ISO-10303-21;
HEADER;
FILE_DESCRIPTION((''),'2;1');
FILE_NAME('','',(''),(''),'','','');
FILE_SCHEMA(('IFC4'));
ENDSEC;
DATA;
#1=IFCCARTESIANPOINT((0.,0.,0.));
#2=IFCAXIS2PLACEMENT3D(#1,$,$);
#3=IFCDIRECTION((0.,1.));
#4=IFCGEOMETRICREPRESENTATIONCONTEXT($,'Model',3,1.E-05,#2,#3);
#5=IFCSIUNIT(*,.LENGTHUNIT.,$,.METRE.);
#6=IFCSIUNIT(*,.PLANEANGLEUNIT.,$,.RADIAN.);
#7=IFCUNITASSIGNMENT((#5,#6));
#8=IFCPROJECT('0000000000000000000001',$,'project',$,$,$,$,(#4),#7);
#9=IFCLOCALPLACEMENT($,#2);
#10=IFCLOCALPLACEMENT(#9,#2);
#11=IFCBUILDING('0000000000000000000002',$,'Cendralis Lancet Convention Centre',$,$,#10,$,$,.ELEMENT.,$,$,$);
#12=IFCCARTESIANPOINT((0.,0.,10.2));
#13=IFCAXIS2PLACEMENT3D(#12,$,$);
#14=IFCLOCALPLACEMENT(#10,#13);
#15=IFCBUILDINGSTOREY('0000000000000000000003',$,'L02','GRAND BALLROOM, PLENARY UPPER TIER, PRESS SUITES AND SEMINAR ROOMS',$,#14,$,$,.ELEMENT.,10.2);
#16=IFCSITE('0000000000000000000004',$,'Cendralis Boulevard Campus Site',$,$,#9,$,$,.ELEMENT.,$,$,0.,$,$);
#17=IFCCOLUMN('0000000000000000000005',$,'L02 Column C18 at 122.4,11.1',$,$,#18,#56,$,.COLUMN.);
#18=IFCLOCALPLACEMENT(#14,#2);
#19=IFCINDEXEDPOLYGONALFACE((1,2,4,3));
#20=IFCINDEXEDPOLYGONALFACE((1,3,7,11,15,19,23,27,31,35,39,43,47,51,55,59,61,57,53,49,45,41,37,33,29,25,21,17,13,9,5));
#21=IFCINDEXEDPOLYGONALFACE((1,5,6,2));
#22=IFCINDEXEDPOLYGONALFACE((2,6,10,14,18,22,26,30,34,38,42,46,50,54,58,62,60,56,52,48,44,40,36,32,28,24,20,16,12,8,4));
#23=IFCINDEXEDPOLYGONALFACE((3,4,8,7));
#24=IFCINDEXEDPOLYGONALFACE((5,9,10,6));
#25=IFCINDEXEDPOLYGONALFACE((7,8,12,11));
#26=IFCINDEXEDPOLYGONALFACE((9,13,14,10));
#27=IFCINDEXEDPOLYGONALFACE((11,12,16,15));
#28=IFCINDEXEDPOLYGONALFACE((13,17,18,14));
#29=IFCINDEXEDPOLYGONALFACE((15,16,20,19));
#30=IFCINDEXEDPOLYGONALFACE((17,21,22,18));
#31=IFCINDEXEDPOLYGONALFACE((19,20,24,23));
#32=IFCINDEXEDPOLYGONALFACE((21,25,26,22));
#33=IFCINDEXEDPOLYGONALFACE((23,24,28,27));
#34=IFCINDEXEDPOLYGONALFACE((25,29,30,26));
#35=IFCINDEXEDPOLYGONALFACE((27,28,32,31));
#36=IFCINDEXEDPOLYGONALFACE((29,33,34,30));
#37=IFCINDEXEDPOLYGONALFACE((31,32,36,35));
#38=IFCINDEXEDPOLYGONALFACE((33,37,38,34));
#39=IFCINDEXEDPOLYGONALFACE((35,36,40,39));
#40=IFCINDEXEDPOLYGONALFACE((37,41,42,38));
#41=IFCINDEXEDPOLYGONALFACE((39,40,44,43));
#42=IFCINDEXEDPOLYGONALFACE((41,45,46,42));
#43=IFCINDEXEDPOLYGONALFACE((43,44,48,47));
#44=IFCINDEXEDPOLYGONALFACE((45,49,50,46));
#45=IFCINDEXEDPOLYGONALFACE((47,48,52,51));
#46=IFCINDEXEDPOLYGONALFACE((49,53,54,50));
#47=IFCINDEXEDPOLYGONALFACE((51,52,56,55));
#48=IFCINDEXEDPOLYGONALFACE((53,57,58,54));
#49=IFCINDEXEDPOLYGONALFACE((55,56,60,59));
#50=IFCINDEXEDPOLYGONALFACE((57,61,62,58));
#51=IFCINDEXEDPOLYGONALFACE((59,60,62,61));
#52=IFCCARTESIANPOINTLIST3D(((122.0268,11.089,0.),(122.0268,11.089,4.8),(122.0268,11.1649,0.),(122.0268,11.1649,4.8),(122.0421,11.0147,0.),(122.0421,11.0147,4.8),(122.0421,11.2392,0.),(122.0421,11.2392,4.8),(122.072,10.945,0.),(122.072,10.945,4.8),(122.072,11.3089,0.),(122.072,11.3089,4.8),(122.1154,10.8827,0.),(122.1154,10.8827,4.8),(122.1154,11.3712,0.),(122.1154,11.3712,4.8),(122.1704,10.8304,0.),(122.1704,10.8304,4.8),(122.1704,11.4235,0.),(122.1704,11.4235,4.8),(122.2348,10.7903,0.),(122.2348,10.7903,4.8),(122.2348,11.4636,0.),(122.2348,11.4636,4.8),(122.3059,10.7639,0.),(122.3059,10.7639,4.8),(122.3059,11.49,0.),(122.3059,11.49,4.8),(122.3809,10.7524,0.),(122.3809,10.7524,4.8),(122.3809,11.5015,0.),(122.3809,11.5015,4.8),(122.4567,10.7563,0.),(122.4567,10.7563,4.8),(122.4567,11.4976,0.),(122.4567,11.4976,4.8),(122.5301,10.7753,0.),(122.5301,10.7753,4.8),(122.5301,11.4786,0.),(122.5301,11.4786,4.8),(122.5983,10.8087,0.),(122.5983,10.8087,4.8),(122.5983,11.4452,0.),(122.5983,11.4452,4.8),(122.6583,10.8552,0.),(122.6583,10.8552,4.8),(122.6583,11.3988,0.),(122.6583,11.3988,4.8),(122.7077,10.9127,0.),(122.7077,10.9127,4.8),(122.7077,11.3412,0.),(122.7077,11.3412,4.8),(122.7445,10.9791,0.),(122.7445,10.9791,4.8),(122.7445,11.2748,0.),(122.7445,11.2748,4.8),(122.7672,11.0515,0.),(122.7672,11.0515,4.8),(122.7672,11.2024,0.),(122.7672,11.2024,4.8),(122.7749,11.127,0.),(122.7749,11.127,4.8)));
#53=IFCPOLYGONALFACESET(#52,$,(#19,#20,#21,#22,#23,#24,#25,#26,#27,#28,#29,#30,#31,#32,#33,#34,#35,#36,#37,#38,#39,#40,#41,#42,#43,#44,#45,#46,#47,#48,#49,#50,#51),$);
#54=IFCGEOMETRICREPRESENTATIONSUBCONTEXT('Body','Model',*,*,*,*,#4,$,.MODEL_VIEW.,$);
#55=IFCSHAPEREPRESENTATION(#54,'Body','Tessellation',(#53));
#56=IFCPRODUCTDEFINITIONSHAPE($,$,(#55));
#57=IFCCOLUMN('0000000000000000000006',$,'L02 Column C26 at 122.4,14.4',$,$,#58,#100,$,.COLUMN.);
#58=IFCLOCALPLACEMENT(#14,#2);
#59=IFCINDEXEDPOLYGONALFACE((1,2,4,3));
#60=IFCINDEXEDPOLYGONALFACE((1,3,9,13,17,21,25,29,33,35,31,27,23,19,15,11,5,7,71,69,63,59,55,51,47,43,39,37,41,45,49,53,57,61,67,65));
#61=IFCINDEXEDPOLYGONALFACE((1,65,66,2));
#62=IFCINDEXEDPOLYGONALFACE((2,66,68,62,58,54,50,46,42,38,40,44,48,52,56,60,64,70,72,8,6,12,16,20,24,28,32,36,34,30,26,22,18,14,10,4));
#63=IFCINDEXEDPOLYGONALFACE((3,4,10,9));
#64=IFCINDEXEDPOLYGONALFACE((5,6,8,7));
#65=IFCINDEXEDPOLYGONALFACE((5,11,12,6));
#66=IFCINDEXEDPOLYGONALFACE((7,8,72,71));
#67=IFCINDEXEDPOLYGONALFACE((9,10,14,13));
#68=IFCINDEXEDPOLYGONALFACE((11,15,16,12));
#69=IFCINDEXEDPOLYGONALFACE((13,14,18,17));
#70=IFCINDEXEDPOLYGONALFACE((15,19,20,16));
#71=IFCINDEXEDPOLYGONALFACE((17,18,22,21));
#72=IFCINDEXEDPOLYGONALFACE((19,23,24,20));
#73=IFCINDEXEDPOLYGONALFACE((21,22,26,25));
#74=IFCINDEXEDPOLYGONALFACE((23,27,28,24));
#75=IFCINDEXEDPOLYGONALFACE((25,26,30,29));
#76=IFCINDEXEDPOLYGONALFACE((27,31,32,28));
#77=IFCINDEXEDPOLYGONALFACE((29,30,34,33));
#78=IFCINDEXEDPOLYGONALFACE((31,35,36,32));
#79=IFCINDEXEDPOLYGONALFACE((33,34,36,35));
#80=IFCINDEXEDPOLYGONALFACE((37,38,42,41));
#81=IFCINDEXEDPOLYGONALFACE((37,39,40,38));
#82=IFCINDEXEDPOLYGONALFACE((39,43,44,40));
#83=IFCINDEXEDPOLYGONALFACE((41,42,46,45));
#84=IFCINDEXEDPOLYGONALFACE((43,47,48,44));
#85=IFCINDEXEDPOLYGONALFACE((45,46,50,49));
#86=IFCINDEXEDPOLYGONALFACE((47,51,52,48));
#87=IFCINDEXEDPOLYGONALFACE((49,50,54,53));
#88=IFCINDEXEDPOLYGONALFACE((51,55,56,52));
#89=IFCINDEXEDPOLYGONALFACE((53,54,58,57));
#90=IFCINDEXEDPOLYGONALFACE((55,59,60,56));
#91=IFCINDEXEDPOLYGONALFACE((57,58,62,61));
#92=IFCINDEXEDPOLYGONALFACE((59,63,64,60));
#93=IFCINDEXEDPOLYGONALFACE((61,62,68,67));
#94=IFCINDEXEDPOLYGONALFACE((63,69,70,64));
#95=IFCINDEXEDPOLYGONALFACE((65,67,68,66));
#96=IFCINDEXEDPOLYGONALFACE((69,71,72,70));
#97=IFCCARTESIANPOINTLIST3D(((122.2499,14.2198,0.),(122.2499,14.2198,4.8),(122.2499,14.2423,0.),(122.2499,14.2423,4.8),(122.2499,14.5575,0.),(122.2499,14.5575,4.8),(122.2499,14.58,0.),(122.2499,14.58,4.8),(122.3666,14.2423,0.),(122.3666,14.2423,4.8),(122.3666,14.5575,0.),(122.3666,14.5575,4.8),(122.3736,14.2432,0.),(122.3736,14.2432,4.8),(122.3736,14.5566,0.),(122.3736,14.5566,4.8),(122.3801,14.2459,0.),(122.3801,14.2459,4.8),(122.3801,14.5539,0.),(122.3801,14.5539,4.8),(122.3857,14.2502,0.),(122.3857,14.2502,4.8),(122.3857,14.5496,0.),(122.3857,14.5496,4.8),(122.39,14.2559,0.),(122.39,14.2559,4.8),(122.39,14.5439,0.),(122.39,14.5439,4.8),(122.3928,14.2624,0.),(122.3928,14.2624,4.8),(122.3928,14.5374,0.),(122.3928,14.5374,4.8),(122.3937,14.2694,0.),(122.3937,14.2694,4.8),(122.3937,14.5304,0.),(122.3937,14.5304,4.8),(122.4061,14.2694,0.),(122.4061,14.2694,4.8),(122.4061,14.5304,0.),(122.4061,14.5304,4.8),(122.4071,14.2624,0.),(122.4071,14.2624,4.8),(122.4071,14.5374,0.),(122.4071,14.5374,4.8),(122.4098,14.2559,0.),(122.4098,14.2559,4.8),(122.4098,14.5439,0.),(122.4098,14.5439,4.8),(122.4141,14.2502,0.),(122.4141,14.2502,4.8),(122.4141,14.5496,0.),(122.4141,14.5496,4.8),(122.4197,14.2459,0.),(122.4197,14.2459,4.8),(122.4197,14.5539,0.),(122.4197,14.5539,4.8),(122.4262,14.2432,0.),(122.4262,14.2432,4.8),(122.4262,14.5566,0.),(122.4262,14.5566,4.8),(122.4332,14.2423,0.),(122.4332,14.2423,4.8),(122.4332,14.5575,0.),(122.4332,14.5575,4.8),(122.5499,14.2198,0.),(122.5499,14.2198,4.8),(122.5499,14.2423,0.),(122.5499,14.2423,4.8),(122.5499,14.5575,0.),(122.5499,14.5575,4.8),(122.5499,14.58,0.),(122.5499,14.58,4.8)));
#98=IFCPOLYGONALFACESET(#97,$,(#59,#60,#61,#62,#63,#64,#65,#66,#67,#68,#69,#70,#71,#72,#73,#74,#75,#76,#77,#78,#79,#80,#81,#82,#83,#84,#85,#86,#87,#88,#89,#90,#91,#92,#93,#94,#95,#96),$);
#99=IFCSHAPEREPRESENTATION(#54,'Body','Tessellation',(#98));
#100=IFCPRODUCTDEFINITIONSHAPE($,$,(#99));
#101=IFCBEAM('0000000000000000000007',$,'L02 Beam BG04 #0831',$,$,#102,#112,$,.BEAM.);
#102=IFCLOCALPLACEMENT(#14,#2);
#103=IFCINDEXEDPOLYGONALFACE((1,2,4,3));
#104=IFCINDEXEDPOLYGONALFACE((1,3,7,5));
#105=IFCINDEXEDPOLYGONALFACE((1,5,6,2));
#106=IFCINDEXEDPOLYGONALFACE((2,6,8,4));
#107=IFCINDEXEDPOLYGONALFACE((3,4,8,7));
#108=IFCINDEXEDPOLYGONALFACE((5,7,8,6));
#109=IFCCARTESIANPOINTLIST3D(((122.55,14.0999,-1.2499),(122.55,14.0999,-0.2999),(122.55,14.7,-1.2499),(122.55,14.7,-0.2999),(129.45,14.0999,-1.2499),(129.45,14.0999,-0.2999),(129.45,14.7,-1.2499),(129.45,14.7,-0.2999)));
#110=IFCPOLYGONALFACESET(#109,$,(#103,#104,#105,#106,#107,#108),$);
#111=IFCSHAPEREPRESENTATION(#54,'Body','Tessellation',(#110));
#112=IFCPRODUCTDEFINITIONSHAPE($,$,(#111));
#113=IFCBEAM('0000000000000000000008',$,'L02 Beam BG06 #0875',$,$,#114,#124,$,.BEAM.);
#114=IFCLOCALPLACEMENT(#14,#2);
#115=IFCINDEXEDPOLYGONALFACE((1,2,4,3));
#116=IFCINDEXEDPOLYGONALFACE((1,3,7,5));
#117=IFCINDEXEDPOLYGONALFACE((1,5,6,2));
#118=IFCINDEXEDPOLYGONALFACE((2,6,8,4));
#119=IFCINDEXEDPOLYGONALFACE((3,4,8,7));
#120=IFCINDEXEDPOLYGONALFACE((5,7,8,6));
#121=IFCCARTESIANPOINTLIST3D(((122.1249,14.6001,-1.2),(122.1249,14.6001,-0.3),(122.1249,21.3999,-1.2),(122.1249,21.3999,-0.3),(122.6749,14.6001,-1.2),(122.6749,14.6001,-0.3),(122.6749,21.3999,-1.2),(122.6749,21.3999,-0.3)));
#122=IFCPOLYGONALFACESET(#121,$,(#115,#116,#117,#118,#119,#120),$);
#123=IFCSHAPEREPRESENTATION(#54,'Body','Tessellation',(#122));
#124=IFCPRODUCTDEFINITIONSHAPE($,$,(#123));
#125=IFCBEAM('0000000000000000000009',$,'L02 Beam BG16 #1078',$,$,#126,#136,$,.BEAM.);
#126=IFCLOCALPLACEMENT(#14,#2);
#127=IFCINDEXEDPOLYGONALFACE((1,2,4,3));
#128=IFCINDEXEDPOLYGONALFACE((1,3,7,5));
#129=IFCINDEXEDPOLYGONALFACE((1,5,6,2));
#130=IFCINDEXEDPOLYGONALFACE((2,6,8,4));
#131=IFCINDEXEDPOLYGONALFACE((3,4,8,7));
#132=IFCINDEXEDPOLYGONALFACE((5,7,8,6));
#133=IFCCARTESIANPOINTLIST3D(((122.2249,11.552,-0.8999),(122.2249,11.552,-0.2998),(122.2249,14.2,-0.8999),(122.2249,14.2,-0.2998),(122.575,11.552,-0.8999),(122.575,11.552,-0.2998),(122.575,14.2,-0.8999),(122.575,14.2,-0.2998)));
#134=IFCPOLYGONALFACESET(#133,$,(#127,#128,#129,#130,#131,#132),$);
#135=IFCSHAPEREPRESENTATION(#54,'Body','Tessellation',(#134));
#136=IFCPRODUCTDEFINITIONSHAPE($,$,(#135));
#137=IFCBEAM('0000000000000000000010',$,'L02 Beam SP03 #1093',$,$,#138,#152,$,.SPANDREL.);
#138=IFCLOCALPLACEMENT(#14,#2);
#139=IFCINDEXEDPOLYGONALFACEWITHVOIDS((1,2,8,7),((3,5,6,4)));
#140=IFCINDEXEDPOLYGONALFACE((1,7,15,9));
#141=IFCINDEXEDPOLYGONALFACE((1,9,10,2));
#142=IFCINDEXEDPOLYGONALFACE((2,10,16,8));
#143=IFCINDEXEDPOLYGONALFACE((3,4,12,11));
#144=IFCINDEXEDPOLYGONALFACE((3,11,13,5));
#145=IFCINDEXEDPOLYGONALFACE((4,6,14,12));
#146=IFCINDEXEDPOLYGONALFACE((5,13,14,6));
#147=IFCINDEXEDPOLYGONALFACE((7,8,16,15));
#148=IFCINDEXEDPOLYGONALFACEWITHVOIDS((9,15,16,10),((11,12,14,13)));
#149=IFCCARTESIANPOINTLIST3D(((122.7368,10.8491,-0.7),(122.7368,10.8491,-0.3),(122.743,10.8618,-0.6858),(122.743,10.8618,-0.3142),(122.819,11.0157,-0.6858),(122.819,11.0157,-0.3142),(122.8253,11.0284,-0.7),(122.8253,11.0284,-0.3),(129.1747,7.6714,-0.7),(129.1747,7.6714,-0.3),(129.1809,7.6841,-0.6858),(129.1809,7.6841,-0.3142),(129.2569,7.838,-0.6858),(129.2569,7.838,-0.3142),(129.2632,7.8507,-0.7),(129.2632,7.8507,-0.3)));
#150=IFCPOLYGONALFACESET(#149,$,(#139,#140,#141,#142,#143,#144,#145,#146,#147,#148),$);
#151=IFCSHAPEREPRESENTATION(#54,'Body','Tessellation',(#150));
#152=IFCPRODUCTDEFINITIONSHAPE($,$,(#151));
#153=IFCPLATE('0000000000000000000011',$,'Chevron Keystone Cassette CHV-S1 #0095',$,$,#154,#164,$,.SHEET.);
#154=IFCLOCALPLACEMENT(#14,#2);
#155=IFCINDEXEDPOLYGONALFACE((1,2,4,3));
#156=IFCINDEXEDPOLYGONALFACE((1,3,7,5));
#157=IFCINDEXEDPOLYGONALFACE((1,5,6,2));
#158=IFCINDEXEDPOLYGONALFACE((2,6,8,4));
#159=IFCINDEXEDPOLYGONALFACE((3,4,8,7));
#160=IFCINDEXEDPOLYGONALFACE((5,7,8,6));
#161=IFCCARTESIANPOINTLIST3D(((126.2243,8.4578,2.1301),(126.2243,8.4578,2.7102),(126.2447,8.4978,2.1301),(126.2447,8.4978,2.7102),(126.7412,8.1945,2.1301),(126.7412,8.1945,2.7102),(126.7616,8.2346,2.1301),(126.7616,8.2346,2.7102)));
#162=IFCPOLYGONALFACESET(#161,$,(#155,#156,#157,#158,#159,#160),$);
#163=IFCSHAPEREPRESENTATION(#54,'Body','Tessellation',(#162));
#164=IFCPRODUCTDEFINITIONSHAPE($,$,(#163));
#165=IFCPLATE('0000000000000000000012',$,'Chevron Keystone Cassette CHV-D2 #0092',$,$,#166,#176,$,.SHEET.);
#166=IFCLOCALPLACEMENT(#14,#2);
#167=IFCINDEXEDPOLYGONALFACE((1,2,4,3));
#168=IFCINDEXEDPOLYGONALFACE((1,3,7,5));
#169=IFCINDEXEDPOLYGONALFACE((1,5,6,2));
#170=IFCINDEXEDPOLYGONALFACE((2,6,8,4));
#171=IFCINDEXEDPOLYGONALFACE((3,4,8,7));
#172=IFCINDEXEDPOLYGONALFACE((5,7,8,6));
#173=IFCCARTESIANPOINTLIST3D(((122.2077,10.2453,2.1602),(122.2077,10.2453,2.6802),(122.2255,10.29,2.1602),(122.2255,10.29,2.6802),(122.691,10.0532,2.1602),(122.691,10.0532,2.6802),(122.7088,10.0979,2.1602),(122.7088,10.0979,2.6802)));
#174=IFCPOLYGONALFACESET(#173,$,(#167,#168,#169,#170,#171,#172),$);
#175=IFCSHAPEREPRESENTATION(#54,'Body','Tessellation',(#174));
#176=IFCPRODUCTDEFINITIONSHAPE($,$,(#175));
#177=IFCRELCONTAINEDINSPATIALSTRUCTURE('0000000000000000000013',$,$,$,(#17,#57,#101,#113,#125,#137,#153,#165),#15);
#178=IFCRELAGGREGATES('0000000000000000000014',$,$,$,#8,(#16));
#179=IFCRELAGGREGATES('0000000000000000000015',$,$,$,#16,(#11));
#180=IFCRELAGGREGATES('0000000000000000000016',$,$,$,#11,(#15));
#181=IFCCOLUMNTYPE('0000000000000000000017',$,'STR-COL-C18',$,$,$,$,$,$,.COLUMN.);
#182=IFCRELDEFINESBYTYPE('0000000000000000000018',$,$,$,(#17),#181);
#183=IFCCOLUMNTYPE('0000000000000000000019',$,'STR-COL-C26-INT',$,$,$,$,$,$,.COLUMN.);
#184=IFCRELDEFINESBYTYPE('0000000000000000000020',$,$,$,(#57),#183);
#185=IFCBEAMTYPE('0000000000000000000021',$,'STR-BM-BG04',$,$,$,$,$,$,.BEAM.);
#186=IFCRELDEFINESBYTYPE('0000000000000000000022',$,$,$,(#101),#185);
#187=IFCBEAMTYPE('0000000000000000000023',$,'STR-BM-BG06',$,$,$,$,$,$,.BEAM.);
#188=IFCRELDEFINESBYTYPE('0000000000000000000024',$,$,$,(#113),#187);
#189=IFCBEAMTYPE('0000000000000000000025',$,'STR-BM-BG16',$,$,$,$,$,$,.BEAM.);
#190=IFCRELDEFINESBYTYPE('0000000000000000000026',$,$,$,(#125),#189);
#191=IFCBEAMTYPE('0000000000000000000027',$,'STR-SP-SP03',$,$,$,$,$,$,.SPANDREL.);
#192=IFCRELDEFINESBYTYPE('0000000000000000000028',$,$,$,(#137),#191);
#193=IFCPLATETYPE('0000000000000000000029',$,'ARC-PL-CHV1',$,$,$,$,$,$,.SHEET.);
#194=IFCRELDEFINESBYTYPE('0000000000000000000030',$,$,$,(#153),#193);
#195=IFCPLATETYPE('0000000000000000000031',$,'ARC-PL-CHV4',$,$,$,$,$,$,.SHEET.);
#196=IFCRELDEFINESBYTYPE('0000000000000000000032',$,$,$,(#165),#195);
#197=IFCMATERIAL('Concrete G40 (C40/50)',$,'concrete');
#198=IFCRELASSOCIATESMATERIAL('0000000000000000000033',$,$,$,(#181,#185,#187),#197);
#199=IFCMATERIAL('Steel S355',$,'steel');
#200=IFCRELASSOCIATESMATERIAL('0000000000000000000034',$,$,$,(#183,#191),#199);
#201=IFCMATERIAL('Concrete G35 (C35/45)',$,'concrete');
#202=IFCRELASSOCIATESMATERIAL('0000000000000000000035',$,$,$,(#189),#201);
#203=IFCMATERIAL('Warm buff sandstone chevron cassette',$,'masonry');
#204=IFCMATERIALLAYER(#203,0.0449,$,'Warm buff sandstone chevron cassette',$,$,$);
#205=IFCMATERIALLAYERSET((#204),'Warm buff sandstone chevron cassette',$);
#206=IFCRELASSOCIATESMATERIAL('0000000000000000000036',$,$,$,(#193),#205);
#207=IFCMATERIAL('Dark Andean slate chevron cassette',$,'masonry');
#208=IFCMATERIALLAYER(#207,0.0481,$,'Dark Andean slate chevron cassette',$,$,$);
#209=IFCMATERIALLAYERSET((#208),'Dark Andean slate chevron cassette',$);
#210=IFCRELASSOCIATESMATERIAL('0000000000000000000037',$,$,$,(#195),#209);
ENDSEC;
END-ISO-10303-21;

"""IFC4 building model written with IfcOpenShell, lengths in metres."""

from ifc_helpers import new_model, si_unit, direction, frame, origin, origin_2d, place, context, subcontext, project, spatial, rectangle, hollow_rectangle, circle, i_section, extrude, material, layer, layer_set, material_profile, profile_set, type_object, element, save


model = new_model("IFC4")

# Units and contexts
model_context = context("Model", 3, precision=1e-05, world=origin(), true_north=direction((0.0, 1.0)))
body_context = subcontext(model_context, "Body", "Model", "MODEL_VIEW")
ifc_project = project(units=[si_unit("LENGTHUNIT", "METRE"), si_unit("PLANEANGLEUNIT", "RADIAN")], contexts=[model_context])

# Site, building, storey
site_placement = place(None, origin())
site = spatial("IfcSite", under=ifc_project, at=site_placement, Name="Cendralis Boulevard Campus Site", CompositionType="ELEMENT", RefElevation=0.0)
building_placement = place(site_placement, origin())
building = spatial("IfcBuilding", under=site, at=building_placement, Name="Cendralis Lancet Convention Centre", CompositionType="ELEMENT")
storey_placement = place(building_placement, frame((0.0, 0.0, 10.2)))
storey = spatial("IfcBuildingStorey", under=building, at=storey_placement, Name="L02", Description="GRAND BALLROOM, PLENARY UPPER TIER, PRESS SUITES AND SEMINAR ROOMS", CompositionType="ELEMENT", Elevation=10.2)

# Columns
ifc_material_1 = material(Name="Concrete G40 (C40/50)", Category="concrete")
ifc_material_profile_1 = material_profile(ifc_material_1, circle(Radius=0.375, at=origin_2d()), Name="RC D750")
ifc_profile_set_1 = profile_set([ifc_material_profile_1], Name="Concrete G40 (C40/50)")
column_type_1 = type_object("IfcColumnType", Name="STR-COL-C18", PredefinedType="COLUMN", material=ifc_profile_set_1)
column_1_placement = place(storey_placement, frame((122.3999, 11.127, 0.0), z_axis=(0.0, 0.0, 1.0), x_axis=(1.0, 0.0, 0.0)))
element("IfcColumn", 1, at=column_1_placement, inside=storey, type_object=column_type_1, Name="L02 Column C18 at 122.4,11.1", PredefinedType="COLUMN", context=body_context, shape_type="SweptSolid", body=[
    extrude(circle(Radius=0.375, at=origin_2d()), origin(), (0.0, 0.0, 1.0), 4.8),
])
ifc_material_2 = material(Name="Steel S355", Category="steel")
ifc_material_profile_2 = material_profile(ifc_material_2, i_section(OverallWidth=0.3, OverallDepth=0.3601, WebThickness=0.0125, FlangeThickness=0.0225, FilletRadius=0.0271, at=origin_2d()), Name="HEB 360")
ifc_profile_set_2 = profile_set([ifc_material_profile_2], Name="Steel S355")
column_type_2 = type_object("IfcColumnType", Name="STR-COL-C26-INT", PredefinedType="COLUMN", material=ifc_profile_set_2)
column_2_placement = place(storey_placement, frame((122.3999, 14.3999, 0.0), z_axis=(0.0, 0.0, 1.0), x_axis=(1.0, 0.0, 0.0)))
element("IfcColumn", 2, at=column_2_placement, inside=storey, type_object=column_type_2, Name="L02 Column C26 at 122.4,14.4", PredefinedType="COLUMN", context=body_context, shape_type="SweptSolid", body=[
    extrude(i_section(OverallWidth=0.3, OverallDepth=0.3601, WebThickness=0.0125, FlangeThickness=0.0225, FilletRadius=0.0271, at=origin_2d()), origin(), (0.0, 0.0, 1.0), 4.8),
])

# Beams
ifc_material_profile_3 = material_profile(ifc_material_1, rectangle(XDim=0.6001, YDim=0.95, at=origin_2d()), Name="RCB 600x950")
ifc_profile_set_3 = profile_set([ifc_material_profile_3], Name="Concrete G40 (C40/50)")
beam_type_1 = type_object("IfcBeamType", Name="STR-BM-BG04", PredefinedType="BEAM", material=ifc_profile_set_3)
beam_1_placement = place(storey_placement, frame((122.55, 14.3999, -0.7749), z_axis=(1.0, 0.0, 0.0), x_axis=(0.0, 1.0, 0.0)))
element("IfcBeam", 3, at=beam_1_placement, inside=storey, type_object=beam_type_1, Name="L02 Beam BG04 #0831", PredefinedType="BEAM", context=body_context, shape_type="SweptSolid", body=[
    extrude(rectangle(XDim=0.6001, YDim=0.95, at=origin_2d()), origin(), (0.0, 0.0, 1.0), 6.8999),
])
ifc_material_profile_4 = material_profile(ifc_material_1, rectangle(XDim=0.55, YDim=0.8999, at=origin_2d()), Name="RCB 550x900")
ifc_profile_set_4 = profile_set([ifc_material_profile_4], Name="Concrete G40 (C40/50)")
beam_type_2 = type_object("IfcBeamType", Name="STR-BM-BG06", PredefinedType="BEAM", material=ifc_profile_set_4)
beam_2_placement = place(storey_placement, frame((122.3999, 14.6001, -0.75), z_axis=(0.0, 1.0, 0.0), x_axis=(-1.0, 0.0, 0.0)))
element("IfcBeam", 4, at=beam_2_placement, inside=storey, type_object=beam_type_2, Name="L02 Beam BG06 #0875", PredefinedType="BEAM", context=body_context, shape_type="SweptSolid", body=[
    extrude(rectangle(XDim=0.55, YDim=0.8999, at=origin_2d()), origin(), (0.0, 0.0, 1.0), 6.7998),
])
ifc_material_3 = material(Name="Concrete G35 (C35/45)", Category="concrete")
ifc_material_profile_5 = material_profile(ifc_material_3, rectangle(XDim=0.3501, YDim=0.6001, at=origin_2d()), Name="RCB 350x600")
ifc_profile_set_5 = profile_set([ifc_material_profile_5], Name="Concrete G35 (C35/45)")
beam_type_3 = type_object("IfcBeamType", Name="STR-BM-BG16", PredefinedType="BEAM", material=ifc_profile_set_5)
beam_3_placement = place(storey_placement, frame((122.3999, 11.552, -0.5999), z_axis=(0.0, 1.0, 0.0), x_axis=(-1.0, 0.0, 0.0)))
element("IfcBeam", 5, at=beam_3_placement, inside=storey, type_object=beam_type_3, Name="L02 Beam BG16 #1078", PredefinedType="BEAM", context=body_context, shape_type="SweptSolid", body=[
    extrude(rectangle(XDim=0.3501, YDim=0.6001, at=origin_2d()), origin(), (0.0, 0.0, 1.0), 2.6479),
])
ifc_material_profile_6 = material_profile(ifc_material_2, hollow_rectangle(XDim=0.2, YDim=0.3999, WallThickness=0.0142, at=origin_2d()), Name="RHS 400x200x14.2")
ifc_profile_set_6 = profile_set([ifc_material_profile_6], Name="Steel S355")
beam_type_4 = type_object("IfcBeamType", Name="STR-SP-SP03", PredefinedType="SPANDREL", material=ifc_profile_set_6)
beam_4_placement = place(storey_placement, frame((122.781, 10.9387, -0.5), z_axis=(0.896714, -0.44261, 0.0), x_axis=(0.44261, 0.896714, 0.0)))
element("IfcBeam", 6, at=beam_4_placement, inside=storey, type_object=beam_type_4, Name="L02 Beam SP03 #1093", PredefinedType="SPANDREL", context=body_context, shape_type="SweptSolid", body=[
    extrude(hollow_rectangle(XDim=0.2, YDim=0.3999, WallThickness=0.0142, at=origin_2d()), origin(), (0.0, 0.0, 1.0), 7.1794),
])

# Plates
ifc_material_4 = material(Name="Warm buff sandstone chevron cassette", Category="masonry")
ifc_layer_1 = layer(ifc_material_4, 0.0449, Name="Warm buff sandstone chevron cassette")
ifc_layer_set_1 = layer_set([ifc_layer_1], Name="Warm buff sandstone chevron cassette")
plate_type_1 = type_object("IfcPlateType", Name="ARC-PL-CHV1", PredefinedType="SHEET", material=ifc_layer_set_1)
plate_1_placement = place(storey_placement, frame((126.4929, 8.3462, 2.1301), z_axis=(0.0, 0.0, 1.0), x_axis=(0.891062, -0.453882, 0.0)))
element("IfcPlate", 7, at=plate_1_placement, inside=storey, type_object=plate_type_1, Name="Chevron Keystone Cassette CHV-S1 #0095", PredefinedType="SHEET", context=body_context, shape_type="SweptSolid", body=[
    extrude(rectangle(XDim=0.5801, YDim=0.0449, at=origin_2d()), origin(), (0.0, 0.0, 1.0), 0.5801),
])
ifc_material_5 = material(Name="Dark Andean slate chevron cassette", Category="masonry")
ifc_layer_2 = layer(ifc_material_5, 0.0481, Name="Dark Andean slate chevron cassette")
ifc_layer_set_2 = layer_set([ifc_layer_2], Name="Dark Andean slate chevron cassette")
plate_type_2 = type_object("IfcPlateType", Name="ARC-PL-CHV4", PredefinedType="SHEET", material=ifc_layer_set_2)
plate_2_placement = place(storey_placement, frame((122.4583, 10.1716, 2.1602), z_axis=(0.0, 0.0, 1.0), x_axis=(0.929268, -0.369406, 0.0)))
element("IfcPlate", 8, at=plate_2_placement, inside=storey, type_object=plate_type_2, Name="Chevron Keystone Cassette CHV-D2 #0092", PredefinedType="SHEET", context=body_context, shape_type="SweptSolid", body=[
    extrude(rectangle(XDim=0.52, YDim=0.0481, at=origin_2d()), origin(), (0.0, 0.0, 1.0), 0.52),
])

save(model, "model.ifc")
